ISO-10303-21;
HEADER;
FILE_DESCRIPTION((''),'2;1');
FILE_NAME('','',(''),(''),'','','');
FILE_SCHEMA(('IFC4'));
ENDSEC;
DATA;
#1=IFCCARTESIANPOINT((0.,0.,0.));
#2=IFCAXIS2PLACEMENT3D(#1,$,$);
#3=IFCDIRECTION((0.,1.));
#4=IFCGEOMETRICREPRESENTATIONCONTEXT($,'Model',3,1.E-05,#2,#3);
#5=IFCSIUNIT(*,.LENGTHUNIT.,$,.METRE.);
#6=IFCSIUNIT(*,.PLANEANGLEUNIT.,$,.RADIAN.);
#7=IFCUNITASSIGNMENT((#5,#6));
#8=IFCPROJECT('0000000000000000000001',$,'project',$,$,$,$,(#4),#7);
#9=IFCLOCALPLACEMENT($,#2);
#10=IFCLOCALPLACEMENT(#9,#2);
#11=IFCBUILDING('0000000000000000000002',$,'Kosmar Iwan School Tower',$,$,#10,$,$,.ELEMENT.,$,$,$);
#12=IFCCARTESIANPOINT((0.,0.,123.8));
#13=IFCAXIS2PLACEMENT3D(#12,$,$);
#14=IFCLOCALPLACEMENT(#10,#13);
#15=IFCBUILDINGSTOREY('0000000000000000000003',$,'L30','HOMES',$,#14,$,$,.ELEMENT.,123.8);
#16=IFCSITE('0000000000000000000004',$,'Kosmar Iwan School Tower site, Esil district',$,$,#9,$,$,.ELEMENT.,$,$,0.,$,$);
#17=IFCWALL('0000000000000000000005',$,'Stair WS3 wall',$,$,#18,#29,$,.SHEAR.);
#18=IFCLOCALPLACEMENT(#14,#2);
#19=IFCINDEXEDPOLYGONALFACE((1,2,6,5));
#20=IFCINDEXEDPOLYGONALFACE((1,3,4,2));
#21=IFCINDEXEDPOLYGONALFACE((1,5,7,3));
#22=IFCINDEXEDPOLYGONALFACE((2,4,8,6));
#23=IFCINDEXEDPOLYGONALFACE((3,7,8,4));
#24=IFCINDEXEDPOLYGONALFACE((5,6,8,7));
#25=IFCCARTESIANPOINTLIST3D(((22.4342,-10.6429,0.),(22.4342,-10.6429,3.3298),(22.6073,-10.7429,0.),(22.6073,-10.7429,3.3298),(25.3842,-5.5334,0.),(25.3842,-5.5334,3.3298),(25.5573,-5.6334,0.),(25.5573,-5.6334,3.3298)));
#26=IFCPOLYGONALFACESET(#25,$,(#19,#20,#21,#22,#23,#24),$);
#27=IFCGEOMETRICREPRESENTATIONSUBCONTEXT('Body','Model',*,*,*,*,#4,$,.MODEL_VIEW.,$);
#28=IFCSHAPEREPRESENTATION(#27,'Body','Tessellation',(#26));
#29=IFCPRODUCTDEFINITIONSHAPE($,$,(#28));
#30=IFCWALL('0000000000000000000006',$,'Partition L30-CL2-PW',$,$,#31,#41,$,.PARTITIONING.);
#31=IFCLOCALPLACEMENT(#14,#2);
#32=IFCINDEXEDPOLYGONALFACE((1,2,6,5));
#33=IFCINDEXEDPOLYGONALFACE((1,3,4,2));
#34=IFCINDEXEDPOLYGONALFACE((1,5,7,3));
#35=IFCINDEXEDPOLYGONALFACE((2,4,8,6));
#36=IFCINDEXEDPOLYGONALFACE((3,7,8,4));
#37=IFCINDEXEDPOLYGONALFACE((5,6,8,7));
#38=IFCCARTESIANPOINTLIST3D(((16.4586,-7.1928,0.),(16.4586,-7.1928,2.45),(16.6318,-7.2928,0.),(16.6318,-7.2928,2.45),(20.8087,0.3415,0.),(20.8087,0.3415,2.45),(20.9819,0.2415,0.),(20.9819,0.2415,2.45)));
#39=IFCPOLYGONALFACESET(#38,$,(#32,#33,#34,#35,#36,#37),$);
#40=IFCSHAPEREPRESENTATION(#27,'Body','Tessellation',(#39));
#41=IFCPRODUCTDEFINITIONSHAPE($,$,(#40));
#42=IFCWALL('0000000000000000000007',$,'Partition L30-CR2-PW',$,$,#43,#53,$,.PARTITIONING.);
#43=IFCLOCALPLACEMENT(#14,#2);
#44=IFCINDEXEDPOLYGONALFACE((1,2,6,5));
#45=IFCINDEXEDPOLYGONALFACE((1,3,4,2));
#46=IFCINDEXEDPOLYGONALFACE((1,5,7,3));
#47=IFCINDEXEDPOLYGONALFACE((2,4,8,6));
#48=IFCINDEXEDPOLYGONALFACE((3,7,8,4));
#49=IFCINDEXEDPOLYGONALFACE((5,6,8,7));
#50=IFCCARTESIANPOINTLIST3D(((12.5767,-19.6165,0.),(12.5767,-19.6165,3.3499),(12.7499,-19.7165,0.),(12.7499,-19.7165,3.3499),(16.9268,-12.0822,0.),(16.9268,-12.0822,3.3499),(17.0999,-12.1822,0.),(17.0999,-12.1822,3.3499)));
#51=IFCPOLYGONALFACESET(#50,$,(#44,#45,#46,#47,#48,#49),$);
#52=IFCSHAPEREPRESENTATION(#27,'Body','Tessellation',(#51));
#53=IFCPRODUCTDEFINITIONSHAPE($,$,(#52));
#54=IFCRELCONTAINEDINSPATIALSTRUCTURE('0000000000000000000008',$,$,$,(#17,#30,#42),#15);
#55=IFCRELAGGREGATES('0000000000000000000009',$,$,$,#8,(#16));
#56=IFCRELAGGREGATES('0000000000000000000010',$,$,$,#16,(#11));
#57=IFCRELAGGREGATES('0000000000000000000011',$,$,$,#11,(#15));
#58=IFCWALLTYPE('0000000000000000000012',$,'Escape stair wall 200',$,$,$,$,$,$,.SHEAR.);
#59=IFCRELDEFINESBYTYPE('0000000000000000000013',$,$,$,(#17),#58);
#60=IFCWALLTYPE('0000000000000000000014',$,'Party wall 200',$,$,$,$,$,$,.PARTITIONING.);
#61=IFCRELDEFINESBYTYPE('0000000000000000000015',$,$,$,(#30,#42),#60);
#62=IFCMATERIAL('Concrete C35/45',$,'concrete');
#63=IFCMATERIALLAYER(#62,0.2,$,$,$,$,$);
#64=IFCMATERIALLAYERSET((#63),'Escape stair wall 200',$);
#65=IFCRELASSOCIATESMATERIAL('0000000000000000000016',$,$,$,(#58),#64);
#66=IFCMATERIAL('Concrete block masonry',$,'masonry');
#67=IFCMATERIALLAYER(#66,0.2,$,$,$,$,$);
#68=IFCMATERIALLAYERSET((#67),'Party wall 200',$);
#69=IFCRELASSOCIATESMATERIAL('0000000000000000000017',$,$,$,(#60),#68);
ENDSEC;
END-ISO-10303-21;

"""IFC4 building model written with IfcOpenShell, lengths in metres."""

from ifc_helpers import new_model, si_unit, direction, frame, frame_2d, origin, place, context, subcontext, project, spatial, rectangle, extrude, material, layer, layer_set, type_object, element, save


model = new_model("IFC4")

# Units and contexts
model_context = context("Model", 3, precision=1e-05, world=origin(), true_north=direction((0.0, 1.0)))
body_context = subcontext(model_context, "Body", "Model", "MODEL_VIEW")
ifc_project = project(units=[si_unit("LENGTHUNIT", "METRE"), si_unit("PLANEANGLEUNIT", "RADIAN")], contexts=[model_context])

# Site, building, storey
site_placement = place(None, origin())
site = spatial("IfcSite", under=ifc_project, at=site_placement, Name="Kosmar Iwan School Tower site, Esil district", CompositionType="ELEMENT", RefElevation=0.0)
building_placement = place(site_placement, origin())
building = spatial("IfcBuilding", under=site, at=building_placement, Name="Kosmar Iwan School Tower", CompositionType="ELEMENT")
storey_placement = place(building_placement, frame((0.0, 0.0, 123.8)))
storey = spatial("IfcBuildingStorey", under=building, at=storey_placement, Name="L30", Description="HOMES", CompositionType="ELEMENT", Elevation=123.8)

# Walls
ifc_material_1 = material(Name="Concrete C35/45", Category="concrete")
ifc_layer_1 = layer(ifc_material_1, 0.2)
ifc_layer_set_1 = layer_set([ifc_layer_1], Name="Escape stair wall 200")
wall_type_1 = type_object("IfcWallType", Name="Escape stair wall 200", PredefinedType="SHEAR", material=ifc_layer_set_1)
wall_1_placement = place(storey_placement, frame((22.5208, -10.6929, 0.0), z_axis=(0.0, 0.0, 1.0), x_axis=(0.500007, 0.866022, 0.0)))
element("IfcWall", 1, at=wall_1_placement, inside=storey, type_object=wall_type_1, Name="Stair WS3 wall", PredefinedType="SHEAR", context=body_context, shape_type="SweptSolid", body=[
    extrude(rectangle(XDim=5.8999, YDim=0.2, at=frame_2d((2.95, 0.0))), origin(), (0.0, 0.0, 1.0), 3.3298),
])
ifc_material_2 = material(Name="Concrete block masonry", Category="masonry")
ifc_layer_2 = layer(ifc_material_2, 0.2)
ifc_layer_set_2 = layer_set([ifc_layer_2], Name="Party wall 200")
wall_type_2 = type_object("IfcWallType", Name="Party wall 200", PredefinedType="PARTITIONING", material=ifc_layer_set_2)
wall_2_placement = place(storey_placement, frame((16.5452, -7.2429, 0.0), z_axis=(0.0, 0.0, 1.0), x_axis=(0.500008, 0.866021, 0.0)))
element("IfcWall", 2, at=wall_2_placement, inside=storey, type_object=wall_type_2, Name="Partition L30-CL2-PW", PredefinedType="PARTITIONING", context=body_context, shape_type="SweptSolid", body=[
    extrude(rectangle(XDim=8.7, YDim=0.2, at=frame_2d((4.3501, 0.0))), origin(), (0.0, 0.0, 1.0), 2.45),
])
wall_3_placement = place(storey_placement, frame((17.0134, -12.1321, 0.0), z_axis=(0.0, 0.0, 1.0), x_axis=(-0.500008, -0.866021, 0.0)))
element("IfcWall", 3, at=wall_3_placement, inside=storey, type_object=wall_type_2, Name="Partition L30-CR2-PW", PredefinedType="PARTITIONING", context=body_context, shape_type="SweptSolid", body=[
    extrude(rectangle(XDim=8.7, YDim=0.2, at=frame_2d((4.3501, 0.0))), origin(), (0.0, 0.0, 1.0), 3.3499),
])

save(model, "model.ifc")
